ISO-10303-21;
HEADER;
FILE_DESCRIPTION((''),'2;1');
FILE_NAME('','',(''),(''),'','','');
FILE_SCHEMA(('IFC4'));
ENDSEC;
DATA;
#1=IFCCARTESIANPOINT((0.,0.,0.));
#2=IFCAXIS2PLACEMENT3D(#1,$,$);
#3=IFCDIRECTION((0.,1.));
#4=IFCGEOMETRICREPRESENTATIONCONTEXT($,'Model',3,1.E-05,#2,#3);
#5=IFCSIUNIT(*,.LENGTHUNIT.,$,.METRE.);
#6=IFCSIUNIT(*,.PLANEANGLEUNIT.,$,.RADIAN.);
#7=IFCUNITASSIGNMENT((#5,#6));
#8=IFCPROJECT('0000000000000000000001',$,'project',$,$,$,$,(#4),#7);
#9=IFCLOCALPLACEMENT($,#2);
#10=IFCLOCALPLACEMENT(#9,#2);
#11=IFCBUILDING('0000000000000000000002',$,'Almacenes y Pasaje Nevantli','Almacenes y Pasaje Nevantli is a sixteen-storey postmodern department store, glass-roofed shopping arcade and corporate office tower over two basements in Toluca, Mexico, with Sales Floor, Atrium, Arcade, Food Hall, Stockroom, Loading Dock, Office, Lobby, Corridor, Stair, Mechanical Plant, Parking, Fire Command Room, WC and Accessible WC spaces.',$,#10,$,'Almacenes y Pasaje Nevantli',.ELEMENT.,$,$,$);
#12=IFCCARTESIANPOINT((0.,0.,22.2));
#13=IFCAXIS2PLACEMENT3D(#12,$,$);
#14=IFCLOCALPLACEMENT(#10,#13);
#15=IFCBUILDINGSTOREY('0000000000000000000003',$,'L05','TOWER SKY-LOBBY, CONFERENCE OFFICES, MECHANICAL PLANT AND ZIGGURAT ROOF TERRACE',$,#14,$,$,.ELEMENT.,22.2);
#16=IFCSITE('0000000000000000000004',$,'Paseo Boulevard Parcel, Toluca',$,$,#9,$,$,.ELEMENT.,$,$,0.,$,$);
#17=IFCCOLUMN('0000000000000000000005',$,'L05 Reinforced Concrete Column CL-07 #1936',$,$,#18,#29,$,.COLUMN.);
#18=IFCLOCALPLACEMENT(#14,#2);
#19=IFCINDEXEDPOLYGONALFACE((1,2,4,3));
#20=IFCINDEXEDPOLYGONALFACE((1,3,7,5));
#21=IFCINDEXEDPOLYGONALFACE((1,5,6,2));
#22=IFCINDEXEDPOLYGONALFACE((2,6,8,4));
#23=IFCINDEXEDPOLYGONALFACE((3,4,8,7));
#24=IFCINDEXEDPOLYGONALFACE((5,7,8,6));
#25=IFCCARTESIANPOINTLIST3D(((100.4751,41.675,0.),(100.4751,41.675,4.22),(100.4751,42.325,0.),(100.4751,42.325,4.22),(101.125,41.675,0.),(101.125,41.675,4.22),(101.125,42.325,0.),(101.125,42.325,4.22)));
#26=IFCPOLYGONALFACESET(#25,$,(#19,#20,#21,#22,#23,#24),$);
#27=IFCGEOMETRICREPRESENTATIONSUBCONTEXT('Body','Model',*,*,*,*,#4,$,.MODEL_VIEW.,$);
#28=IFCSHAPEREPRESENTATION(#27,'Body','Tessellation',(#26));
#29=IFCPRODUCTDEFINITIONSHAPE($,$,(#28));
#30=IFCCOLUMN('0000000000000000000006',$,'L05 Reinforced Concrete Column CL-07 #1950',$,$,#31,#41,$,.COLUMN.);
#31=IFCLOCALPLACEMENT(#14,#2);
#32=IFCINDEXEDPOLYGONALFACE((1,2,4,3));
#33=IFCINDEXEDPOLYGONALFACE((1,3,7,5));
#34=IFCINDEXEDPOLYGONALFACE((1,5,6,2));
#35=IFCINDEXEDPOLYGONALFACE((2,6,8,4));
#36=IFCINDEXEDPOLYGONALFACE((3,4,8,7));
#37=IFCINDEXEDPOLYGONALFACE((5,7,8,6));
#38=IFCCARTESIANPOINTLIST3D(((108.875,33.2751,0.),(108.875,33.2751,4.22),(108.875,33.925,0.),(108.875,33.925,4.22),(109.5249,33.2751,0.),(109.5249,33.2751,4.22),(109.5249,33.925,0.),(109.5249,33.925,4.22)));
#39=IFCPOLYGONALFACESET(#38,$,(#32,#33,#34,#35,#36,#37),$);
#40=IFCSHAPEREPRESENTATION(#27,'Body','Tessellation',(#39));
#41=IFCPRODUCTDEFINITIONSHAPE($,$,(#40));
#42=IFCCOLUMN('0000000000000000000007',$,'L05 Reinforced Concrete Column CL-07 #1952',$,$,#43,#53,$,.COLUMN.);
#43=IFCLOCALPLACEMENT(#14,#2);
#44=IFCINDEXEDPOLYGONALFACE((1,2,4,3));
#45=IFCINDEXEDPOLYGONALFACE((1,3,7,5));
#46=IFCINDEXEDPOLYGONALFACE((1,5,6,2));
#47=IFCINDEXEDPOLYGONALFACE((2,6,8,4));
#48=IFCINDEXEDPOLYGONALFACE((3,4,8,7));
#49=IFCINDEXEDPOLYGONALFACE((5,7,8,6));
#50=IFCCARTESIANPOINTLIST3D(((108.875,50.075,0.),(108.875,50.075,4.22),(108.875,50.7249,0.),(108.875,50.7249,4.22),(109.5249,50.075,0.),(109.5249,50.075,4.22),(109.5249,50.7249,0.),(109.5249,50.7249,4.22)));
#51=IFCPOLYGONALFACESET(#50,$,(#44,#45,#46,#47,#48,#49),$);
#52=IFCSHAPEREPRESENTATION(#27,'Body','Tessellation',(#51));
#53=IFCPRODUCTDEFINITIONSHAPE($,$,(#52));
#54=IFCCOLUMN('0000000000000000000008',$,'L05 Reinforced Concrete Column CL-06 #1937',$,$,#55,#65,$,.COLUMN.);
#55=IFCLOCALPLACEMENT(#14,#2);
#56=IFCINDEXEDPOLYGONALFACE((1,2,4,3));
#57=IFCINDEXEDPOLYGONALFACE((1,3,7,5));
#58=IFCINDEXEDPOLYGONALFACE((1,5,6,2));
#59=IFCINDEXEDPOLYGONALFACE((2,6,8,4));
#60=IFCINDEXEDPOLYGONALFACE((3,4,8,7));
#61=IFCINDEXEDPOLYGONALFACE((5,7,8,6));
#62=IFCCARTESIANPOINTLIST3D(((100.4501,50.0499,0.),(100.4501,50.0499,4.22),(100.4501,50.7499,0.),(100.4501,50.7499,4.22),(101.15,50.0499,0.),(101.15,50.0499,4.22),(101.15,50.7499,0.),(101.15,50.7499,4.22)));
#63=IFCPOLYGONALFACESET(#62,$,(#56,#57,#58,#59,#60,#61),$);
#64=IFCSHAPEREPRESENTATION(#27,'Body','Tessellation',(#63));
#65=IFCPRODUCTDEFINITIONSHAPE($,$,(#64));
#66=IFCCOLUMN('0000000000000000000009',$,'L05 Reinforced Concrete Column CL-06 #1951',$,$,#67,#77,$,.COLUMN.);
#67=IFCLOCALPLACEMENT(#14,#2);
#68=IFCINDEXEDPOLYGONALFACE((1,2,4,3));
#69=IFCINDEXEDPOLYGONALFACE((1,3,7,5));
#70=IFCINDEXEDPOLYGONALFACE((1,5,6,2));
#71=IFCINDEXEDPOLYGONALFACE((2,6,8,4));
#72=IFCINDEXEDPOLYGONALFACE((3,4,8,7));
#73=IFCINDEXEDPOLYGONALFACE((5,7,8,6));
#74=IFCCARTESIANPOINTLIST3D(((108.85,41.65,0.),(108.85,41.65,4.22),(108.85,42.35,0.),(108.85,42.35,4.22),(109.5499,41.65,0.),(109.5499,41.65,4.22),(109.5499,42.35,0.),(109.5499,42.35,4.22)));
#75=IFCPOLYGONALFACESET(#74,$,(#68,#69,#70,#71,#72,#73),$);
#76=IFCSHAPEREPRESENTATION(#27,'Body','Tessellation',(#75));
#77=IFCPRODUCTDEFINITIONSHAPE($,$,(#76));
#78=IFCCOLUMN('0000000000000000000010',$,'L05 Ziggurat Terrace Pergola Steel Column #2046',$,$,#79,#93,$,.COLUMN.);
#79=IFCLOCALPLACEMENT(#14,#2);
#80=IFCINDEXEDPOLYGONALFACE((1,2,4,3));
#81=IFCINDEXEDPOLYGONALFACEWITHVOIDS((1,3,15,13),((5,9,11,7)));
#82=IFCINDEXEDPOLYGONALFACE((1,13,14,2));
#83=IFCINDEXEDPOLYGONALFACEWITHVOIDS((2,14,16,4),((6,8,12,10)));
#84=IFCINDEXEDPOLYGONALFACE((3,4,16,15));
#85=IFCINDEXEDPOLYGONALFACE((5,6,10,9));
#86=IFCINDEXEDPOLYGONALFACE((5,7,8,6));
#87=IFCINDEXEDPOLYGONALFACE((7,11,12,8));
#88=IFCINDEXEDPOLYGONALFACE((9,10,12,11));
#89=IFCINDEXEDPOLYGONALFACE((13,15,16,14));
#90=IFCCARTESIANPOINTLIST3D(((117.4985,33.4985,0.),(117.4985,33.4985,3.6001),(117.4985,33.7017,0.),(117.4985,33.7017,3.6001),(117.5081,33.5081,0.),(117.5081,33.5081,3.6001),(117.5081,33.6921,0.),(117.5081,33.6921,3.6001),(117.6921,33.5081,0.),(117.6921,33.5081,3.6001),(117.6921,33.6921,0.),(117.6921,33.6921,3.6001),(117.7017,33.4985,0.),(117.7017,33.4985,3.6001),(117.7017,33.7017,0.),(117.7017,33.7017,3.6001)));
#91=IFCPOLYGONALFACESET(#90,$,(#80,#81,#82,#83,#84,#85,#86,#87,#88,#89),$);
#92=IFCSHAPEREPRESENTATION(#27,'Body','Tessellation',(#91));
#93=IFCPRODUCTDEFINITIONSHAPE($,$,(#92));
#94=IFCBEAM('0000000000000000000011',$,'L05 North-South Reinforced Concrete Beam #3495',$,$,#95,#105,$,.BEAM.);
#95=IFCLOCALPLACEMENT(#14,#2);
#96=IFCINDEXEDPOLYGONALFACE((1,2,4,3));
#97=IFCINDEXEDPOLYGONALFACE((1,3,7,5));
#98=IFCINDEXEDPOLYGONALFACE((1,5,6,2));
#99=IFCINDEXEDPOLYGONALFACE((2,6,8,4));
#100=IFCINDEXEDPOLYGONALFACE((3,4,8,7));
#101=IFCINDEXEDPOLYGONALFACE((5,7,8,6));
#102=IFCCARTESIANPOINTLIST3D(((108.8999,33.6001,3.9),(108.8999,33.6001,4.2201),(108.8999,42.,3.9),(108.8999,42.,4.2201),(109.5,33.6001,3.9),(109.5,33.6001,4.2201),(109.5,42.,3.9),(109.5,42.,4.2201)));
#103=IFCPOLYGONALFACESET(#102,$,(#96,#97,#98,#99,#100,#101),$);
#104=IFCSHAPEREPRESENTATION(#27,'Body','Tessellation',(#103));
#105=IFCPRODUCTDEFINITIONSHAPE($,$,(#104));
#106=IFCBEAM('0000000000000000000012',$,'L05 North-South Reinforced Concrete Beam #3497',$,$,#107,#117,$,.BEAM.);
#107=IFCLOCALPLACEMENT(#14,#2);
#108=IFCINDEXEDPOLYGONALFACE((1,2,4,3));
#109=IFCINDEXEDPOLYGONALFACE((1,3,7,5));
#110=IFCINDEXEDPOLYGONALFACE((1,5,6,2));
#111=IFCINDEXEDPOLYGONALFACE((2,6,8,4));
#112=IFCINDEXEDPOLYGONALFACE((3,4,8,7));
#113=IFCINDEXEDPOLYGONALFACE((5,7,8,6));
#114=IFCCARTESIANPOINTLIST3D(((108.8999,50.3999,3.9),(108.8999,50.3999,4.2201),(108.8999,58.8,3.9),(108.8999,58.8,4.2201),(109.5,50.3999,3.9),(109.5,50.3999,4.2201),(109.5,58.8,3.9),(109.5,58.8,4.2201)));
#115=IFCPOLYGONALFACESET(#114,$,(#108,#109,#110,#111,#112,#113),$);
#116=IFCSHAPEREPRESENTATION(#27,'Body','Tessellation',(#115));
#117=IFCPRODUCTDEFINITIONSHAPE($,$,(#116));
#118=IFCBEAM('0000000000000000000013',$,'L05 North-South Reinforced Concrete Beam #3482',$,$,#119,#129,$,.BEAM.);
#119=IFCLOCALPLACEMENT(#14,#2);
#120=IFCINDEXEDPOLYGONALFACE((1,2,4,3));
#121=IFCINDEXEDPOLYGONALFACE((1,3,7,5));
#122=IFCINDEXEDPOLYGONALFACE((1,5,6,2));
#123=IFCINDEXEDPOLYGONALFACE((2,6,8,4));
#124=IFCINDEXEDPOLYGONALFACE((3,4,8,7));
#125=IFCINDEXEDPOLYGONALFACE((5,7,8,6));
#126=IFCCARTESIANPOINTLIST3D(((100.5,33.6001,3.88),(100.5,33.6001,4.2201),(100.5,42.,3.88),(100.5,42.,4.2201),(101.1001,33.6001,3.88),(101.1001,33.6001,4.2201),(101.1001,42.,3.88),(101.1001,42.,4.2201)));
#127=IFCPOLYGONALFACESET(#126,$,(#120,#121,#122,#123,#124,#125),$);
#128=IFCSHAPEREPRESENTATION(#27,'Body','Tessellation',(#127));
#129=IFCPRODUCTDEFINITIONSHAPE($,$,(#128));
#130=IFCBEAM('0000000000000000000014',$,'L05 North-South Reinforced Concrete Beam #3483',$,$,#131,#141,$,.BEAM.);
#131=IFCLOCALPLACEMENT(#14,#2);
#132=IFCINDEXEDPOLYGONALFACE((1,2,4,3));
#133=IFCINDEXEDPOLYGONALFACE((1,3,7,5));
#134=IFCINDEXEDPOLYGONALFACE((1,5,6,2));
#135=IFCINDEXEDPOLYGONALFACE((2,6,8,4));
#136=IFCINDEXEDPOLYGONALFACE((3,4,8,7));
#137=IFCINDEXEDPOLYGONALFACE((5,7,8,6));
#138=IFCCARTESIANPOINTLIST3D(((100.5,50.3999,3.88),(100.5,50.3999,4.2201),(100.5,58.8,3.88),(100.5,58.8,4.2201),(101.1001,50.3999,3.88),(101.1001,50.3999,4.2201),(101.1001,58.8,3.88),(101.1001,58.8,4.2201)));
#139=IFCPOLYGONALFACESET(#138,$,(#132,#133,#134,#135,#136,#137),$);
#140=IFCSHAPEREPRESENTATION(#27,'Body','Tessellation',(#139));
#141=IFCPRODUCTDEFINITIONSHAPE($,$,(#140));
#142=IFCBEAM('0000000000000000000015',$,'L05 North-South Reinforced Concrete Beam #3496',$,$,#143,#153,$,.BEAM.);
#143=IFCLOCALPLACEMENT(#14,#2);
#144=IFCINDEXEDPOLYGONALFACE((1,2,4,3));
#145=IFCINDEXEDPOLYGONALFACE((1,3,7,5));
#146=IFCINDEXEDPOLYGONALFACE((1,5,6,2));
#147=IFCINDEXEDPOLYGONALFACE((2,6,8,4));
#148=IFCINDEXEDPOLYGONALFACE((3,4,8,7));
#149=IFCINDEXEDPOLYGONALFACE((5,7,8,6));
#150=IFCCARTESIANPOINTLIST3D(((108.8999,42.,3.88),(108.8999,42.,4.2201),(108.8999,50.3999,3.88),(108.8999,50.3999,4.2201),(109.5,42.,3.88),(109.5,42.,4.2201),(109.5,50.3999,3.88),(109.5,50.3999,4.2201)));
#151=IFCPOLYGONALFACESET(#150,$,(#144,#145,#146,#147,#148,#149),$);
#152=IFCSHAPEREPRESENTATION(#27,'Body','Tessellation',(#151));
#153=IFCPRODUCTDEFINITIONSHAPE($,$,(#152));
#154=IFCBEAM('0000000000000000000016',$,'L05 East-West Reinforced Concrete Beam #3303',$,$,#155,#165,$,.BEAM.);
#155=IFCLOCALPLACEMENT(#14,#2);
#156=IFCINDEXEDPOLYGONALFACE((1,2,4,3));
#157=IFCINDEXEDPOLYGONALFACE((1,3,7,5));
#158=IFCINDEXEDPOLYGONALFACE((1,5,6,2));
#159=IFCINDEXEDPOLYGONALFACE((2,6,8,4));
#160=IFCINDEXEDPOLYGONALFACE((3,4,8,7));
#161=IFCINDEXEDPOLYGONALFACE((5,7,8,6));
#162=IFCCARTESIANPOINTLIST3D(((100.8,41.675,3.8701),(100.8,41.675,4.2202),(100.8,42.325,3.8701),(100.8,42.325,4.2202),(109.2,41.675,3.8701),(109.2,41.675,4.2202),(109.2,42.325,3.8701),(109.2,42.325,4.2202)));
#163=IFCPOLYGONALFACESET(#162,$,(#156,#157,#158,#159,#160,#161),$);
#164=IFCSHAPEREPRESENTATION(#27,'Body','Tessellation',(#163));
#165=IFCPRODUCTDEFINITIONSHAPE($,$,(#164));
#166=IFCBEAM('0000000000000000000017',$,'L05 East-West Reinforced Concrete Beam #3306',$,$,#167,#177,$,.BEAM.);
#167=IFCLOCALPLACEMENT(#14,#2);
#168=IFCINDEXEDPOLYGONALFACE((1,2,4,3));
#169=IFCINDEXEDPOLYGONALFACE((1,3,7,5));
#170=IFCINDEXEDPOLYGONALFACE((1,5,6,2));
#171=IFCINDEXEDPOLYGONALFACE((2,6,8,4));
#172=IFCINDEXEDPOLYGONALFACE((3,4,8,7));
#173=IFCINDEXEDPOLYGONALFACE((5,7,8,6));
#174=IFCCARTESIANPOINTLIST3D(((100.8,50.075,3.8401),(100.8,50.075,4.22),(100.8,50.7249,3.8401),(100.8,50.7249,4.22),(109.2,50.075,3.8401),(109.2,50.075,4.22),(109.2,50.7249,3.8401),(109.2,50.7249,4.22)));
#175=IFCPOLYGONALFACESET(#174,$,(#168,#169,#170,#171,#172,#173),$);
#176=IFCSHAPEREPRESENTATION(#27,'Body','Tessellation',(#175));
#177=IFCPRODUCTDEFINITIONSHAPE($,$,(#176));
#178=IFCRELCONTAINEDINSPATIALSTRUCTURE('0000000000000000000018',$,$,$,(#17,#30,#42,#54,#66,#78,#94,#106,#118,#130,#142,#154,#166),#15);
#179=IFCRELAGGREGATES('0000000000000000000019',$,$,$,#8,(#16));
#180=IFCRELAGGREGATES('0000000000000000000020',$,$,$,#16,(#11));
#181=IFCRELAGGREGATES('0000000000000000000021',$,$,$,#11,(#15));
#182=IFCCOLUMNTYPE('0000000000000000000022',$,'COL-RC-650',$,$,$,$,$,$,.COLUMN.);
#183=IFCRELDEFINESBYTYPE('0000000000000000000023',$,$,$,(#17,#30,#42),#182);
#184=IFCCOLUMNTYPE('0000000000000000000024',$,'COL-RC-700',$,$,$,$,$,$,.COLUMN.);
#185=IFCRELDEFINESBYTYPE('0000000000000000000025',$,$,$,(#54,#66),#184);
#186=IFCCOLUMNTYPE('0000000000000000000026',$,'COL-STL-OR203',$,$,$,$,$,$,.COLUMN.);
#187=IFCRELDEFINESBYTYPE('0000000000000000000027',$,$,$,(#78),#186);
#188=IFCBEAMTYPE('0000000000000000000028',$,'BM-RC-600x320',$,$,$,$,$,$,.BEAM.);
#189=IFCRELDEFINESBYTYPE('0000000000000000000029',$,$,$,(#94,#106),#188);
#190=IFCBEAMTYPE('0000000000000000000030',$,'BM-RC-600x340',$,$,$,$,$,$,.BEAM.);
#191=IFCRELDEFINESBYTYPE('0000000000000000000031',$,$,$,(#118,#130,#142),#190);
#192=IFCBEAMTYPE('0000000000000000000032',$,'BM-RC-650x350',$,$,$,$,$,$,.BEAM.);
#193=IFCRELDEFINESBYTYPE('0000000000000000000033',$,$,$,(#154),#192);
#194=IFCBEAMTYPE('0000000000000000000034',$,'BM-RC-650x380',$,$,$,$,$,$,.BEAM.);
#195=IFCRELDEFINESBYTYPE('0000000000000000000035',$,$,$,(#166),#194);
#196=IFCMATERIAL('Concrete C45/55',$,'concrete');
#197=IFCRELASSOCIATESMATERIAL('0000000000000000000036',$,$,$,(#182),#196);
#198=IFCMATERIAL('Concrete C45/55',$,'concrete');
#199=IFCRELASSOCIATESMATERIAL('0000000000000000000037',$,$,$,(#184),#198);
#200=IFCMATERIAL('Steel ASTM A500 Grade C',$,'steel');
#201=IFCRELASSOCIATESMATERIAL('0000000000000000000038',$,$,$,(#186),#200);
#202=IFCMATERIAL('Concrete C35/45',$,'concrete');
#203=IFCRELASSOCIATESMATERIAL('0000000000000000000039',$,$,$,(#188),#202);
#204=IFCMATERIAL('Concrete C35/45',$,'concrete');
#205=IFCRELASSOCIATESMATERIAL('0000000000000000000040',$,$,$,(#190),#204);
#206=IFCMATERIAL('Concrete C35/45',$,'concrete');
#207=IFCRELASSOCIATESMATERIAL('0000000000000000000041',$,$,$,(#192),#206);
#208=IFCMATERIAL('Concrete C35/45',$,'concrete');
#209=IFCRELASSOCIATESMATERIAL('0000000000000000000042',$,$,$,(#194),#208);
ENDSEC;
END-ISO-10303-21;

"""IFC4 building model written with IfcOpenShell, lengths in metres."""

from ifc_helpers import new_model, si_unit, direction, frame, origin, origin_2d, place, context, subcontext, project, spatial, rectangle, hollow_rectangle, extrude, material, material_profile, profile_set, type_object, element, save


model = new_model("IFC4")

# Units and contexts
model_context = context("Model", 3, precision=1e-05, world=origin(), true_north=direction((0.0, 1.0)))
body_context = subcontext(model_context, "Body", "Model", "MODEL_VIEW")
ifc_project = project(units=[si_unit("LENGTHUNIT", "METRE"), si_unit("PLANEANGLEUNIT", "RADIAN")], contexts=[model_context])

# Site, building, storey
site_placement = place(None, origin())
site = spatial("IfcSite", under=ifc_project, at=site_placement, Name="Paseo Boulevard Parcel, Toluca", CompositionType="ELEMENT", RefElevation=0.0)
building_placement = place(site_placement, origin())
building = spatial("IfcBuilding", under=site, at=building_placement, Name="Almacenes y Pasaje Nevantli", Description="Almacenes y Pasaje Nevantli is a sixteen-storey postmodern department store, glass-roofed shopping arcade and corporate office tower over two basements in Toluca, Mexico, with Sales Floor, Atrium, Arcade, Food Hall, Stockroom, Loading Dock, Office, Lobby, Corridor, Stair, Mechanical Plant, Parking, Fire Command Room, WC and Accessible WC spaces.", LongName="Almacenes y Pasaje Nevantli", CompositionType="ELEMENT")
storey_placement = place(building_placement, frame((0.0, 0.0, 22.2)))
storey = spatial("IfcBuildingStorey", under=building, at=storey_placement, Name="L05", Description="TOWER SKY-LOBBY, CONFERENCE OFFICES, MECHANICAL PLANT AND ZIGGURAT ROOF TERRACE", CompositionType="ELEMENT", Elevation=22.2)

# Columns
ifc_material_1 = material(Name="Concrete C45/55", Category="concrete")
ifc_material_profile_1 = material_profile(ifc_material_1, rectangle(XDim=0.6499, YDim=0.6499, at=origin_2d()), Name="RC-COL-650x650")
ifc_profile_set_1 = profile_set([ifc_material_profile_1], Name="Concrete C45/55")
column_type_1 = type_object("IfcColumnType", Name="COL-RC-650", PredefinedType="COLUMN", material=ifc_profile_set_1)
for number, where, z_axis, x_axis, name in (
    (1, (100.8, 42.0, 0.0), (0.0, 0.0, 1.0), (1.0, 0.0, 0.0), "L05 Reinforced Concrete Column CL-07 #1936"),
    (2, (109.2, 33.6001, 0.0), (0.0, 0.0, 1.0), (1.0, 0.0, 0.0), "L05 Reinforced Concrete Column CL-07 #1950"),
    (3, (109.2, 50.3999, 0.0), (0.0, 0.0, 1.0), (1.0, 0.0, 0.0), "L05 Reinforced Concrete Column CL-07 #1952"),
):
    element("IfcColumn", number, at=place(storey_placement, frame(where, z_axis=z_axis, x_axis=x_axis)), inside=storey, type_object=column_type_1, Name=name, PredefinedType="COLUMN", context=body_context, shape_type="SweptSolid", body=[
        extrude(rectangle(XDim=0.6499, YDim=0.6499, at=origin_2d()), origin(), (0.0, 0.0, 1.0), 4.22),
    ])
ifc_material_2 = material(Name="Concrete C45/55", Category="concrete")
ifc_material_profile_2 = material_profile(ifc_material_2, rectangle(XDim=0.7, YDim=0.7, at=origin_2d()), Name="RC-COL-700x700")
ifc_profile_set_2 = profile_set([ifc_material_profile_2], Name="Concrete C45/55")
column_type_2 = type_object("IfcColumnType", Name="COL-RC-700", PredefinedType="COLUMN", material=ifc_profile_set_2)
for number, where, z_axis, x_axis, name in (
    (4, (100.8, 50.3999, 0.0), (0.0, 0.0, 1.0), (1.0, 0.0, 0.0), "L05 Reinforced Concrete Column CL-06 #1937"),
    (5, (109.2, 42.0, 0.0), (0.0, 0.0, 1.0), (1.0, 0.0, 0.0), "L05 Reinforced Concrete Column CL-06 #1951"),
):
    element("IfcColumn", number, at=place(storey_placement, frame(where, z_axis=z_axis, x_axis=x_axis)), inside=storey, type_object=column_type_2, Name=name, PredefinedType="COLUMN", context=body_context, shape_type="SweptSolid", body=[
        extrude(rectangle(XDim=0.7, YDim=0.7, at=origin_2d()), origin(), (0.0, 0.0, 1.0), 4.22),
    ])
ifc_material_3 = material(Name="Steel ASTM A500 Grade C", Category="steel")
ifc_material_profile_3 = material_profile(ifc_material_3, hollow_rectangle(XDim=0.2031, YDim=0.2031, WallThickness=0.0095, at=origin_2d()), Name="OR 203x203x9.5")
ifc_profile_set_3 = profile_set([ifc_material_profile_3], Name="Steel ASTM A500 Grade C")
column_type_3 = type_object("IfcColumnType", Name="COL-STL-OR203", PredefinedType="COLUMN", material=ifc_profile_set_3)
column_placement = place(storey_placement, frame((117.6001, 33.6001, 0.0), z_axis=(0.0, 0.0, 1.0), x_axis=(1.0, 0.0, 0.0)))
element("IfcColumn", 6, at=column_placement, inside=storey, type_object=column_type_3, Name="L05 Ziggurat Terrace Pergola Steel Column #2046", PredefinedType="COLUMN", context=body_context, shape_type="SweptSolid", body=[
    extrude(hollow_rectangle(XDim=0.2031, YDim=0.2031, WallThickness=0.0095, at=origin_2d()), origin(), (0.0, 0.0, 1.0), 3.6001),
])

# Beams
ifc_material_4 = material(Name="Concrete C35/45", Category="concrete")
ifc_material_profile_4 = material_profile(ifc_material_4, rectangle(XDim=0.6001, YDim=0.3201, at=origin_2d()), Name="RC-BM-600x320")
ifc_profile_set_4 = profile_set([ifc_material_profile_4], Name="Concrete C35/45")
beam_type_1 = type_object("IfcBeamType", Name="BM-RC-600x320", PredefinedType="BEAM", material=ifc_profile_set_4)
beam_1_placement = place(storey_placement, frame((109.2, 33.6001, 4.0601), z_axis=(0.0, 1.0, 0.0), x_axis=(-1.0, 0.0, 0.0)))
element("IfcBeam", 7, at=beam_1_placement, inside=storey, type_object=beam_type_1, Name="L05 North-South Reinforced Concrete Beam #3495", PredefinedType="BEAM", context=body_context, shape_type="SweptSolid", body=[
    extrude(rectangle(XDim=0.6001, YDim=0.3201, at=origin_2d()), origin(), (0.0, 0.0, 1.0), 8.3999),
])
beam_2_placement = place(storey_placement, frame((109.2, 50.3999, 4.0601), z_axis=(0.0, 1.0, 0.0), x_axis=(-1.0, 0.0, 0.0)))
element("IfcBeam", 8, at=beam_2_placement, inside=storey, type_object=beam_type_1, Name="L05 North-South Reinforced Concrete Beam #3497", PredefinedType="BEAM", context=body_context, shape_type="SweptSolid", body=[
    extrude(rectangle(XDim=0.6001, YDim=0.3201, at=origin_2d()), origin(), (0.0, 0.0, 1.0), 8.4001),
])
ifc_material_5 = material(Name="Concrete C35/45", Category="concrete")
ifc_material_profile_5 = material_profile(ifc_material_5, rectangle(XDim=0.6001, YDim=0.3401, at=origin_2d()), Name="RC-BM-600x340")
ifc_profile_set_5 = profile_set([ifc_material_profile_5], Name="Concrete C35/45")
beam_type_2 = type_object("IfcBeamType", Name="BM-RC-600x340", PredefinedType="BEAM", material=ifc_profile_set_5)
beam_3_placement = place(storey_placement, frame((100.8, 33.6001, 4.05), z_axis=(0.0, 1.0, 0.0), x_axis=(-1.0, 0.0, 0.0)))
element("IfcBeam", 9, at=beam_3_placement, inside=storey, type_object=beam_type_2, Name="L05 North-South Reinforced Concrete Beam #3482", PredefinedType="BEAM", context=body_context, shape_type="SweptSolid", body=[
    extrude(rectangle(XDim=0.6001, YDim=0.3401, at=origin_2d()), origin(), (0.0, 0.0, 1.0), 8.3999),
])
beam_4_placement = place(storey_placement, frame((100.8, 50.3999, 4.05), z_axis=(0.0, 1.0, 0.0), x_axis=(-1.0, 0.0, 0.0)))
element("IfcBeam", 10, at=beam_4_placement, inside=storey, type_object=beam_type_2, Name="L05 North-South Reinforced Concrete Beam #3483", PredefinedType="BEAM", context=body_context, shape_type="SweptSolid", body=[
    extrude(rectangle(XDim=0.6001, YDim=0.3401, at=origin_2d()), origin(), (0.0, 0.0, 1.0), 8.4001),
])
beam_5_placement = place(storey_placement, frame((109.2, 42.0, 4.05), z_axis=(0.0, 1.0, 0.0), x_axis=(-1.0, 0.0, 0.0)))
element("IfcBeam", 11, at=beam_5_placement, inside=storey, type_object=beam_type_2, Name="L05 North-South Reinforced Concrete Beam #3496", PredefinedType="BEAM", context=body_context, shape_type="SweptSolid", body=[
    extrude(rectangle(XDim=0.6001, YDim=0.3401, at=origin_2d()), origin(), (0.0, 0.0, 1.0), 8.3999),
])
ifc_material_6 = material(Name="Concrete C35/45", Category="concrete")
ifc_material_profile_6 = material_profile(ifc_material_6, rectangle(XDim=0.6499, YDim=0.3501, at=origin_2d()), Name="RC-BM-650x350")
ifc_profile_set_6 = profile_set([ifc_material_profile_6], Name="Concrete C35/45")
beam_type_3 = type_object("IfcBeamType", Name="BM-RC-650x350", PredefinedType="BEAM", material=ifc_profile_set_6)
beam_6_placement = place(storey_placement, frame((100.8, 42.0, 4.0452), z_axis=(1.0, 0.0, 0.0), x_axis=(0.0, 1.0, 0.0)))
element("IfcBeam", 12, at=beam_6_placement, inside=storey, type_object=beam_type_3, Name="L05 East-West Reinforced Concrete Beam #3303", PredefinedType="BEAM", context=body_context, shape_type="SweptSolid", body=[
    extrude(rectangle(XDim=0.6499, YDim=0.3501, at=origin_2d()), origin(), (0.0, 0.0, 1.0), 8.3999),
])
ifc_material_7 = material(Name="Concrete C35/45", Category="concrete")
ifc_material_profile_7 = material_profile(ifc_material_7, rectangle(XDim=0.6499, YDim=0.3799, at=origin_2d()), Name="RC-BM-650x380")
ifc_profile_set_7 = profile_set([ifc_material_profile_7], Name="Concrete C35/45")
beam_type_4 = type_object("IfcBeamType", Name="BM-RC-650x380", PredefinedType="BEAM", material=ifc_profile_set_7)
beam_7_placement = place(storey_placement, frame((100.8, 50.3999, 4.03), z_axis=(1.0, 0.0, 0.0), x_axis=(0.0, 1.0, 0.0)))
element("IfcBeam", 13, at=beam_7_placement, inside=storey, type_object=beam_type_4, Name="L05 East-West Reinforced Concrete Beam #3306", PredefinedType="BEAM", context=body_context, shape_type="SweptSolid", body=[
    extrude(rectangle(XDim=0.6499, YDim=0.3799, at=origin_2d()), origin(), (0.0, 0.0, 1.0), 8.3999),
])

save(model, "model.ifc")
